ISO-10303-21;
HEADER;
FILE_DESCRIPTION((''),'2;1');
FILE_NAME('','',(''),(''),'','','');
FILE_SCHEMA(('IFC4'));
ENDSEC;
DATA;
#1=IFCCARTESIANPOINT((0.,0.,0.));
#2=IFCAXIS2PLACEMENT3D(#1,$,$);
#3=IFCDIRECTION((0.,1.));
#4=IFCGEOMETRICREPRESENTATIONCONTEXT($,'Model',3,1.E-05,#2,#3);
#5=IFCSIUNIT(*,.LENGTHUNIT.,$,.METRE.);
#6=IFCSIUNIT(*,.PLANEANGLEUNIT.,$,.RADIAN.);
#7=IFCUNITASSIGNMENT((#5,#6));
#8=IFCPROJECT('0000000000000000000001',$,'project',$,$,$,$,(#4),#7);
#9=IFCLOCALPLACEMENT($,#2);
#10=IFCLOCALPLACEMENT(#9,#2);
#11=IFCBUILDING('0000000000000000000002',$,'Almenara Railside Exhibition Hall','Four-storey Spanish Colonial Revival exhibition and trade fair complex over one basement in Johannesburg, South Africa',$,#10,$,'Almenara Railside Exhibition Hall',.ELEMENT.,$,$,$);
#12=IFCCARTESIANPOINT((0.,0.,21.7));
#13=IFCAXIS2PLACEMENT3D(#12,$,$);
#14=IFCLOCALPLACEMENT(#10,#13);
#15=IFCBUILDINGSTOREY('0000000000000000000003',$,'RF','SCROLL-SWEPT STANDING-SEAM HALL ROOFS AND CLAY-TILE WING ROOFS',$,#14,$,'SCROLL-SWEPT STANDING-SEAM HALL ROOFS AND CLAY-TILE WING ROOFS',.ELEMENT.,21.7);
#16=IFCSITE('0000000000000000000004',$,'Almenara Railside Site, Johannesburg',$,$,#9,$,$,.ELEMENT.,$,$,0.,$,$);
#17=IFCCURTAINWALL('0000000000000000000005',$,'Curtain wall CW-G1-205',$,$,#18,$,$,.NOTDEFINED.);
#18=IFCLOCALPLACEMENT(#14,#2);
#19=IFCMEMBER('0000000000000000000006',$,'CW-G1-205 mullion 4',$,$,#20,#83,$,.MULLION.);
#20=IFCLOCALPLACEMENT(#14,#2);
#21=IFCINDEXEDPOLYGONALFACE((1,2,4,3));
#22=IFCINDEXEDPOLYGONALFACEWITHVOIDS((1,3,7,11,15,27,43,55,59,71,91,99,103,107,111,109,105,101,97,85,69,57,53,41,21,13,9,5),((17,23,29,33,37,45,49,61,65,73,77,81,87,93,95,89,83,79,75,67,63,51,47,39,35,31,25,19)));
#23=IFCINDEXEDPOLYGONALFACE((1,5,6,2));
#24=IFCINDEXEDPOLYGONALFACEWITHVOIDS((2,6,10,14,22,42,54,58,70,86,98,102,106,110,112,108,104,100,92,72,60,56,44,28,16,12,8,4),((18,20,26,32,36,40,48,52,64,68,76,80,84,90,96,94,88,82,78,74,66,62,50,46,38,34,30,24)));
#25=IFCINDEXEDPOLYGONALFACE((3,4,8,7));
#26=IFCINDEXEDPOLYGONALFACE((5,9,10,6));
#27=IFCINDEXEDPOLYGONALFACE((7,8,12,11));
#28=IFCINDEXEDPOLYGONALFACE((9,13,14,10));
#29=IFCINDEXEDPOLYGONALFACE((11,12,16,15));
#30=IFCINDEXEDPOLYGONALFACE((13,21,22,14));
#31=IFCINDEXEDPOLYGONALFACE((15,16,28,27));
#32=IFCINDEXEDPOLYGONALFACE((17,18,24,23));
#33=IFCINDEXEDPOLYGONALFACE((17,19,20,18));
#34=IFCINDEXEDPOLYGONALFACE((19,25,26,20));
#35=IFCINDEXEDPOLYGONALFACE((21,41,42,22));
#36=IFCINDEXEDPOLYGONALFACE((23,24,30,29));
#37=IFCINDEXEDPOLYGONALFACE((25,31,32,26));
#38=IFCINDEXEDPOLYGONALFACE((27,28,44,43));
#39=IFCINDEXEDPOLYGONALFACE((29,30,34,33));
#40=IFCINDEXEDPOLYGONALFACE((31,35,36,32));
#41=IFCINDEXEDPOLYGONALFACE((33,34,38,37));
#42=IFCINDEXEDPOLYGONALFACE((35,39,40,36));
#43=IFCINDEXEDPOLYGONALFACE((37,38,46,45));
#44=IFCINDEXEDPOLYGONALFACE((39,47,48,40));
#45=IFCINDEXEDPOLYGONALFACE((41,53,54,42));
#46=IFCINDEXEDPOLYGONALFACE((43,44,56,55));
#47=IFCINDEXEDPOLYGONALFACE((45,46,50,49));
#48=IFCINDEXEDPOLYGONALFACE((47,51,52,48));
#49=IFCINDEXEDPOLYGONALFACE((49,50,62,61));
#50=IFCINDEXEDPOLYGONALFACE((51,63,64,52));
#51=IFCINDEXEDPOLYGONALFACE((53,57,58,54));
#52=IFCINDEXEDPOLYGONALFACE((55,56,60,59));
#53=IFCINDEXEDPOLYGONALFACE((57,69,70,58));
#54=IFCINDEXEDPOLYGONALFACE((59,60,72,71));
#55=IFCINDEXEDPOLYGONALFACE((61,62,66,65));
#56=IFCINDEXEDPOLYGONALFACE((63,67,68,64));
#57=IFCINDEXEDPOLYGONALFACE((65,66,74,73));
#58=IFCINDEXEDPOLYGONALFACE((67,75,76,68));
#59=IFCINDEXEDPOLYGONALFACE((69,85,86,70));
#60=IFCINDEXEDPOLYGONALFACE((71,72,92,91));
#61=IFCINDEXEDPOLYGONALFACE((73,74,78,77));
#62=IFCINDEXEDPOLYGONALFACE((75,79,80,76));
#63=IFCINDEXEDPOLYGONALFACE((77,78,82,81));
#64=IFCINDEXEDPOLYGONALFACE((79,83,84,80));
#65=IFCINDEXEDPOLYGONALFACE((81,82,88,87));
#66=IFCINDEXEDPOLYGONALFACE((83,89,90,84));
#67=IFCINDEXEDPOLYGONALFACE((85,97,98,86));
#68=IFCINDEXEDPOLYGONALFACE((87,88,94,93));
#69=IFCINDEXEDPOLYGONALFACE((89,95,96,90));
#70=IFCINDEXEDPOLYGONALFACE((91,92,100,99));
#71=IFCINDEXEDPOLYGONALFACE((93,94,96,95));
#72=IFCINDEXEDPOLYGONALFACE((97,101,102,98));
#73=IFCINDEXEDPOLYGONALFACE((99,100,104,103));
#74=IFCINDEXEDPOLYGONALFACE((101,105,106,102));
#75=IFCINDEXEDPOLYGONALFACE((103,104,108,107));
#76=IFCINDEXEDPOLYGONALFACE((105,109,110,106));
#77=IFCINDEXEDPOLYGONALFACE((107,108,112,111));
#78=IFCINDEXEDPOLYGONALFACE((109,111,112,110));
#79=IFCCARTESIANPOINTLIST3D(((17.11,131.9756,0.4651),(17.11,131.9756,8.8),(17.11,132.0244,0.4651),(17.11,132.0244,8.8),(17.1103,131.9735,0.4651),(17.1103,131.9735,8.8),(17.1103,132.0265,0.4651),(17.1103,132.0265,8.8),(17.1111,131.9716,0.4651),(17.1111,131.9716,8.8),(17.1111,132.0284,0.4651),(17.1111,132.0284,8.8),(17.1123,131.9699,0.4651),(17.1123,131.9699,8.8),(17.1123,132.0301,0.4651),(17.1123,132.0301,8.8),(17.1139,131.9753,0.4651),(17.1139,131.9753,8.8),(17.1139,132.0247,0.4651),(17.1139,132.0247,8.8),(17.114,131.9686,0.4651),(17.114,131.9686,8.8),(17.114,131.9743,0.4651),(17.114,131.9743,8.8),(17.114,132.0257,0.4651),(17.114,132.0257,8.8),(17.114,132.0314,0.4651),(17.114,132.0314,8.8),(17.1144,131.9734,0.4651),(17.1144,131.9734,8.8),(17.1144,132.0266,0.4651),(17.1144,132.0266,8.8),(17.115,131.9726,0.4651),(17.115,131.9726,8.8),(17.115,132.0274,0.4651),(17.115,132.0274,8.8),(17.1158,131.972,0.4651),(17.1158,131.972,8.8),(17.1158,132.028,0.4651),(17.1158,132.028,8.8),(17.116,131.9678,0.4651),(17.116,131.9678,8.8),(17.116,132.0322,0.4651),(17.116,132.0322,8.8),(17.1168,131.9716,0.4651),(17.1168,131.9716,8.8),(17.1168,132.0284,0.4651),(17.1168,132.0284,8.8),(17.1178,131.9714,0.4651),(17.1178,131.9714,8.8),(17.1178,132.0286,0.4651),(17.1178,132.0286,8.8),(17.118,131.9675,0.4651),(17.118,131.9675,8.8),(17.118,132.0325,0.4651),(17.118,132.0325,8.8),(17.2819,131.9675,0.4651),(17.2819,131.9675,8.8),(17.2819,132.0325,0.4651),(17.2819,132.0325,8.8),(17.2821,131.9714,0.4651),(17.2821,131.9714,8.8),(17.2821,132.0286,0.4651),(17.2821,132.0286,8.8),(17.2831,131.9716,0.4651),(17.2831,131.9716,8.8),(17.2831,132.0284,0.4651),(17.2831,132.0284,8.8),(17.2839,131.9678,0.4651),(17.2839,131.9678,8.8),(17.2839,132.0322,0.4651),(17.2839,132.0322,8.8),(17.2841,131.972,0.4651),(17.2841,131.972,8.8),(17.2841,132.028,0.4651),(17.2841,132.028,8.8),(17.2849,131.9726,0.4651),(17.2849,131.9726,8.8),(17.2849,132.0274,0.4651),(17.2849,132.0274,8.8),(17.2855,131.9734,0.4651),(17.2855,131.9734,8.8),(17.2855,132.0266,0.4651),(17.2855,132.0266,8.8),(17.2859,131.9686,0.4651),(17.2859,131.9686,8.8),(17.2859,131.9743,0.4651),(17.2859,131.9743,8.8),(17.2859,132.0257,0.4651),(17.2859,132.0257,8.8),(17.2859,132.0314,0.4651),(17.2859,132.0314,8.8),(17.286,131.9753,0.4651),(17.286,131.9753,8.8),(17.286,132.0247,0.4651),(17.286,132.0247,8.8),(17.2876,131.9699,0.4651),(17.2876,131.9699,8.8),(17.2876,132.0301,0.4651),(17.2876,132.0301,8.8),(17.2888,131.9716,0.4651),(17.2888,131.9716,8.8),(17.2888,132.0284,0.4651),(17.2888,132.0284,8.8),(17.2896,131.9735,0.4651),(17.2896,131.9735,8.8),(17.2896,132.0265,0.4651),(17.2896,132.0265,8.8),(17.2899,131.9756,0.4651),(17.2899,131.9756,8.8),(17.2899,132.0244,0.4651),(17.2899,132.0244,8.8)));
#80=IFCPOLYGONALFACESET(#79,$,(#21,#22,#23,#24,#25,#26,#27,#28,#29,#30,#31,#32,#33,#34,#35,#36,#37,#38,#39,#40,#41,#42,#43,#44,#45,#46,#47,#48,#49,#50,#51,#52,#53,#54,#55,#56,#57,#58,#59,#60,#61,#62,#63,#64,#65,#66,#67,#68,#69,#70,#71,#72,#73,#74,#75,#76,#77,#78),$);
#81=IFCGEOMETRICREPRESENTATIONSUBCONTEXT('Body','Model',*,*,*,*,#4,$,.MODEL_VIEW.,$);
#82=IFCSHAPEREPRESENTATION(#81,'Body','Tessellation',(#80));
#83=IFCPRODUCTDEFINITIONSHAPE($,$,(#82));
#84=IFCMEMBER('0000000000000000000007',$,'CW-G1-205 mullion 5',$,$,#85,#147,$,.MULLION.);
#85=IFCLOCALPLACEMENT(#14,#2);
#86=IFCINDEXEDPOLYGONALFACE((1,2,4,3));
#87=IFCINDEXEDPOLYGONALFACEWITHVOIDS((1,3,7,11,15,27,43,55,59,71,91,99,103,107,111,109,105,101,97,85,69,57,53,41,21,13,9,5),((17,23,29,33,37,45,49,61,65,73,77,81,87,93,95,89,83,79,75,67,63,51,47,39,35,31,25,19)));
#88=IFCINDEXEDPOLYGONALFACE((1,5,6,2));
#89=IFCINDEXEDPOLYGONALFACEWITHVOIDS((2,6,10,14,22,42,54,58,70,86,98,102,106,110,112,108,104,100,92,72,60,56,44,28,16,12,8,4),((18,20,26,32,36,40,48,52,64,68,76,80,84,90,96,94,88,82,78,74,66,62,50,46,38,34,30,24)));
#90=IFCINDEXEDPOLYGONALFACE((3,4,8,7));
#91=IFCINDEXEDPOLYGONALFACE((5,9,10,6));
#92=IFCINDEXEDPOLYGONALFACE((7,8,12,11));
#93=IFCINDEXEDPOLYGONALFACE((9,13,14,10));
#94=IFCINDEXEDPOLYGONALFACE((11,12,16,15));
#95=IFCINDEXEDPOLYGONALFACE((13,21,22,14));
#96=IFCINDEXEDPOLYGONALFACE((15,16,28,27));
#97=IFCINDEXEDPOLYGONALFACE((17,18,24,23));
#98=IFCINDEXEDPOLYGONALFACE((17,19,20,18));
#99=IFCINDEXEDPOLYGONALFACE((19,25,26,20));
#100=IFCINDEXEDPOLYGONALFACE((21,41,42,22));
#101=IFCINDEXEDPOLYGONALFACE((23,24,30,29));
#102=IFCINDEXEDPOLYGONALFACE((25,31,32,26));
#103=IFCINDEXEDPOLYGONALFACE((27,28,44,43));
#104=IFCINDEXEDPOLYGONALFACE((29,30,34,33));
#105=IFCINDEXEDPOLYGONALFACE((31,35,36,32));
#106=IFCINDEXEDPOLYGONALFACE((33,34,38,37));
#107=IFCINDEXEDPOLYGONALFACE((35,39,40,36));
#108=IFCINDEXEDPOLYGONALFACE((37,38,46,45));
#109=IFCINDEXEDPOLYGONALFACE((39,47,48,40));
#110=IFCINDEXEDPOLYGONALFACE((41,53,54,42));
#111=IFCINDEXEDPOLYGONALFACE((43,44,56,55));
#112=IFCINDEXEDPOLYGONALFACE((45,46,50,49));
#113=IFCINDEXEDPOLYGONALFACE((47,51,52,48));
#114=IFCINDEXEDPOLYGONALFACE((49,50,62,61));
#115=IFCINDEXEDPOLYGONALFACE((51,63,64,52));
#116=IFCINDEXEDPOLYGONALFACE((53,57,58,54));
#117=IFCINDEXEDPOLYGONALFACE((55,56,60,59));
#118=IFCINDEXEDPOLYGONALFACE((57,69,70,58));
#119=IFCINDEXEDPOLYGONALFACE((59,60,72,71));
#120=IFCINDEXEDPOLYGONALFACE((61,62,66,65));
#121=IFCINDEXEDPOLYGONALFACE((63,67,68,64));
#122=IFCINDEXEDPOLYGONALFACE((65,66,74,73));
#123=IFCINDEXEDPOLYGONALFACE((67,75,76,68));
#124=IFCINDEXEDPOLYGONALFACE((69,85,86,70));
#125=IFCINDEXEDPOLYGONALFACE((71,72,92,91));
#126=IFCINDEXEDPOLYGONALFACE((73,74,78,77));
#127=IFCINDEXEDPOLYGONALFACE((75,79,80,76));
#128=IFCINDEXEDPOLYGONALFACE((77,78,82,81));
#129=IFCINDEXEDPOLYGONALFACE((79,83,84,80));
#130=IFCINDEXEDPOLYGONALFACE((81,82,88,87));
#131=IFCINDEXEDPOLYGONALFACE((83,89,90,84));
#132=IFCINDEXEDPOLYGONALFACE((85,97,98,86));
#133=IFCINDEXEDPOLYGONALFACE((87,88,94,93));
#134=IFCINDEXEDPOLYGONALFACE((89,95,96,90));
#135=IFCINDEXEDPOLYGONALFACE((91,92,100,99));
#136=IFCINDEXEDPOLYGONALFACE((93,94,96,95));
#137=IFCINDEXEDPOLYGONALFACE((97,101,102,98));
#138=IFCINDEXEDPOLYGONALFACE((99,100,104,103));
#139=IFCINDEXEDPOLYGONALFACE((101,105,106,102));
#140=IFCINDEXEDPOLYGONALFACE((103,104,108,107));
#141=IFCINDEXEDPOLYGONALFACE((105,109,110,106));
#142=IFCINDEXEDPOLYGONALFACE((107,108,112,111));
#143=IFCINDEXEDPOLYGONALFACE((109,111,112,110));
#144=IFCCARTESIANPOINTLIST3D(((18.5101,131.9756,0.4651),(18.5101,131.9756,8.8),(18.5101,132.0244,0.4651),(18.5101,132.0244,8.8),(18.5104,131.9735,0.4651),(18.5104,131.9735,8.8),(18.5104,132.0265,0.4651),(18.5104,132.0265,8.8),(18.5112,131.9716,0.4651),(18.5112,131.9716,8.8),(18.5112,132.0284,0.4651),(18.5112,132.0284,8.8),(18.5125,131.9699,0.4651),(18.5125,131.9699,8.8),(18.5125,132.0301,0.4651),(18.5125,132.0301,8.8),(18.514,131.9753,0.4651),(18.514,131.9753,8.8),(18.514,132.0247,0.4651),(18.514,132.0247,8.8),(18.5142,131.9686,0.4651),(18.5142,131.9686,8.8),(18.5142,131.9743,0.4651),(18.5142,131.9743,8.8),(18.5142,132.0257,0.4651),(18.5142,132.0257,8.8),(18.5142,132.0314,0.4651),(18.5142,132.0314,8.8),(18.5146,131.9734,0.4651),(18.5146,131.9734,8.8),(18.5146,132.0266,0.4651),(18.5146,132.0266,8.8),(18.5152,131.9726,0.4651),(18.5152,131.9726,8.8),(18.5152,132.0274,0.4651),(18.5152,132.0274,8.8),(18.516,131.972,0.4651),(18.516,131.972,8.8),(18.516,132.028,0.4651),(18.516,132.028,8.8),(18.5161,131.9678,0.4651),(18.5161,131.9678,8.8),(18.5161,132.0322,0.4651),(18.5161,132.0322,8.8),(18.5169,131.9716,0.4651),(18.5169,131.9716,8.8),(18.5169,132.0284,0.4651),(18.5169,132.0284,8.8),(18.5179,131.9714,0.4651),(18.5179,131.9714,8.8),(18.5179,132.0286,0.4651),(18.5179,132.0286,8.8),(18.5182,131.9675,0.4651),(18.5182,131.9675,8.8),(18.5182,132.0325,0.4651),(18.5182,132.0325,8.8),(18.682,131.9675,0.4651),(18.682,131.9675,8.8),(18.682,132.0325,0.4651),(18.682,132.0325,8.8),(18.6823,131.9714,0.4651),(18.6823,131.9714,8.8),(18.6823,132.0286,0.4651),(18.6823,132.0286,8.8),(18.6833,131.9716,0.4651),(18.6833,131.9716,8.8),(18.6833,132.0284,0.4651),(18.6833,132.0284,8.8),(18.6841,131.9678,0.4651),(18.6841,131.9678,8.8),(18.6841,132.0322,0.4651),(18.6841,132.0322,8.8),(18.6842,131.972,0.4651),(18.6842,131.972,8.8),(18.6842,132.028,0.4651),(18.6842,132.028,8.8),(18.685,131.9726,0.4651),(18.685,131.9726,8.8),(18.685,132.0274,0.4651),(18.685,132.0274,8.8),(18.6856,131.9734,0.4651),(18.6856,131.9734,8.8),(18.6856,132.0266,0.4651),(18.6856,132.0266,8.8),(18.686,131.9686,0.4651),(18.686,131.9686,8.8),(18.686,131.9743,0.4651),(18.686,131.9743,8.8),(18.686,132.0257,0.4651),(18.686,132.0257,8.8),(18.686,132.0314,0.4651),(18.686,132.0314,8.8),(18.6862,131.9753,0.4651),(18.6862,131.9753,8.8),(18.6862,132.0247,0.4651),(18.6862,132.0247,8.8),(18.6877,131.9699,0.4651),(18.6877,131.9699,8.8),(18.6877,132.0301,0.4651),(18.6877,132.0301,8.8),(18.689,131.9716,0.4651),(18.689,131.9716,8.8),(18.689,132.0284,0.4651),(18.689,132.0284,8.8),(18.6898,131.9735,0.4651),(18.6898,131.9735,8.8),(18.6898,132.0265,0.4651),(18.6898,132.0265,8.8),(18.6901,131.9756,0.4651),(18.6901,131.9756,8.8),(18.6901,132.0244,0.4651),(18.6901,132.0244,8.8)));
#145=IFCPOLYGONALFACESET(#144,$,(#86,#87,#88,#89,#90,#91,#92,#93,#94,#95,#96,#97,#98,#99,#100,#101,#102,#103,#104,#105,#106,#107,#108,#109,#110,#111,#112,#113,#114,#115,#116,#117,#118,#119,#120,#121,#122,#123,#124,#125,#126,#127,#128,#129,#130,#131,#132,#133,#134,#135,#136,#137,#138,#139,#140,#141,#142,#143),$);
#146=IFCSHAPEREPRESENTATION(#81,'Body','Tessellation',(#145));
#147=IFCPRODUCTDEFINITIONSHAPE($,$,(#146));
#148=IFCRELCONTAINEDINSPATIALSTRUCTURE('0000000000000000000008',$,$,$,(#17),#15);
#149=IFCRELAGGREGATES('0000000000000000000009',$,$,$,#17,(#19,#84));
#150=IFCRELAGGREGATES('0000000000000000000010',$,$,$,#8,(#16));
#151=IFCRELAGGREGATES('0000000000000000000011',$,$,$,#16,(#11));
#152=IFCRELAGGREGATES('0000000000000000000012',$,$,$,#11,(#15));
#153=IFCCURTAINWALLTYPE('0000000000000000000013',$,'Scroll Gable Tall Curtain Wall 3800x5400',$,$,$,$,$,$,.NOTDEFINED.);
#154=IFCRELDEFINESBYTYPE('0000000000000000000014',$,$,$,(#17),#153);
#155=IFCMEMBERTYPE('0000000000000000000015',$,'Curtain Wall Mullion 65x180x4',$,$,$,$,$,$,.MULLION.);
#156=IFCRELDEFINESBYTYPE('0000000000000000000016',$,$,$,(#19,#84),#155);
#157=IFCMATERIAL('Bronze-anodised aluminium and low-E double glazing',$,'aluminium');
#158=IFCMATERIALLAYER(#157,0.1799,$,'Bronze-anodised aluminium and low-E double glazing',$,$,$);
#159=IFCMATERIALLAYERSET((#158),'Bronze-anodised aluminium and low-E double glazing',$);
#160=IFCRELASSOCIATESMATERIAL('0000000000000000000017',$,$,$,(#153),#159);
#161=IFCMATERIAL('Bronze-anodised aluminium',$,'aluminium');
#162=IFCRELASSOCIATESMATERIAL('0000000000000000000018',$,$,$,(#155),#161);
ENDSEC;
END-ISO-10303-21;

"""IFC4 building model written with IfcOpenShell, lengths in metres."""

from ifc_helpers import new_model, si_unit, direction, frame, origin, origin_2d, place, context, subcontext, project, spatial, hollow_rectangle, extrude, material, layer, layer_set, material_profile, profile_set, type_object, element, aggregate, save


model = new_model("IFC4")

# Units and contexts
model_context = context("Model", 3, precision=1e-05, world=origin(), true_north=direction((0.0, 1.0)))
body_context = subcontext(model_context, "Body", "Model", "MODEL_VIEW")
ifc_project = project(units=[si_unit("LENGTHUNIT", "METRE"), si_unit("PLANEANGLEUNIT", "RADIAN")], contexts=[model_context])

# Site, building, storey
site_placement = place(None, origin())
site = spatial("IfcSite", under=ifc_project, at=site_placement, Name="Almenara Railside Site, Johannesburg", CompositionType="ELEMENT", RefElevation=0.0)
building_placement = place(site_placement, origin())
building = spatial("IfcBuilding", under=site, at=building_placement, Name="Almenara Railside Exhibition Hall", Description="Four-storey Spanish Colonial Revival exhibition and trade fair complex over one basement in Johannesburg, South Africa", LongName="Almenara Railside Exhibition Hall", CompositionType="ELEMENT")
storey_placement = place(building_placement, frame((0.0, 0.0, 21.7)))
storey = spatial("IfcBuildingStorey", under=building, at=storey_placement, Name="RF", Description="SCROLL-SWEPT STANDING-SEAM HALL ROOFS AND CLAY-TILE WING ROOFS", LongName="SCROLL-SWEPT STANDING-SEAM HALL ROOFS AND CLAY-TILE WING ROOFS", CompositionType="ELEMENT", Elevation=21.7)

# Curtain wall, members
ifc_material_1 = material(Name="Bronze-anodised aluminium and low-E double glazing", Category="aluminium")
ifc_material_2 = material(Name="Bronze-anodised aluminium", Category="aluminium")
ifc_layer_1 = layer(ifc_material_1, 0.1799, Name="Bronze-anodised aluminium and low-E double glazing")
ifc_layer_set_1 = layer_set([ifc_layer_1], Name="Bronze-anodised aluminium and low-E double glazing")
curtain_wall_type_1 = type_object("IfcCurtainWallType", Name="Scroll Gable Tall Curtain Wall 3800x5400", PredefinedType="NOTDEFINED", material=ifc_layer_set_1)
curtain_wall_1_placement = place(storey_placement, origin())
curtain_wall_1 = element("IfcCurtainWall", 1, at=curtain_wall_1_placement, inside=storey, type_object=curtain_wall_type_1, Name="Curtain wall CW-G1-205", PredefinedType="NOTDEFINED")
ifc_material_profile_1 = material_profile(ifc_material_2, hollow_rectangle(XDim=0.0649, YDim=0.1799, WallThickness=0.0039, InnerFilletRadius=0.0039, OuterFilletRadius=0.0081, at=origin_2d()), Name="ALU-MUL 65x180x4")
ifc_profile_set_1 = profile_set([ifc_material_profile_1], Name="Bronze-anodised aluminium")
member_type_1 = type_object("IfcMemberType", Name="Curtain Wall Mullion 65x180x4", PredefinedType="MULLION", material=ifc_profile_set_1)
member_1_placement = place(storey_placement, frame((17.2, 132.0, 0.4651), z_axis=(0.0, 0.0, 1.0), x_axis=(0.0, 1.0, 0.0)))
member_1 = element("IfcMember", 2, at=member_1_placement, type_object=member_type_1, Name="CW-G1-205 mullion 4", PredefinedType="MULLION", context=body_context, shape_type="SweptSolid", body=[
    extrude(hollow_rectangle(XDim=0.0649, YDim=0.1799, WallThickness=0.0039, InnerFilletRadius=0.0039, OuterFilletRadius=0.0081, at=origin_2d()), origin(), (0.0, 0.0, 1.0), 8.335),
])
member_2_placement = place(storey_placement, frame((18.6001, 132.0, 0.4651), z_axis=(0.0, 0.0, 1.0), x_axis=(0.0, 1.0, 0.0)))
member_2 = element("IfcMember", 3, at=member_2_placement, type_object=member_type_1, Name="CW-G1-205 mullion 5", PredefinedType="MULLION", context=body_context, shape_type="SweptSolid", body=[
    extrude(hollow_rectangle(XDim=0.0649, YDim=0.1799, WallThickness=0.0039, InnerFilletRadius=0.0039, OuterFilletRadius=0.0081, at=origin_2d()), origin(), (0.0, 0.0, 1.0), 8.335),
])

aggregate(curtain_wall_1, [member_1, member_2])

save(model, "model.ifc")
